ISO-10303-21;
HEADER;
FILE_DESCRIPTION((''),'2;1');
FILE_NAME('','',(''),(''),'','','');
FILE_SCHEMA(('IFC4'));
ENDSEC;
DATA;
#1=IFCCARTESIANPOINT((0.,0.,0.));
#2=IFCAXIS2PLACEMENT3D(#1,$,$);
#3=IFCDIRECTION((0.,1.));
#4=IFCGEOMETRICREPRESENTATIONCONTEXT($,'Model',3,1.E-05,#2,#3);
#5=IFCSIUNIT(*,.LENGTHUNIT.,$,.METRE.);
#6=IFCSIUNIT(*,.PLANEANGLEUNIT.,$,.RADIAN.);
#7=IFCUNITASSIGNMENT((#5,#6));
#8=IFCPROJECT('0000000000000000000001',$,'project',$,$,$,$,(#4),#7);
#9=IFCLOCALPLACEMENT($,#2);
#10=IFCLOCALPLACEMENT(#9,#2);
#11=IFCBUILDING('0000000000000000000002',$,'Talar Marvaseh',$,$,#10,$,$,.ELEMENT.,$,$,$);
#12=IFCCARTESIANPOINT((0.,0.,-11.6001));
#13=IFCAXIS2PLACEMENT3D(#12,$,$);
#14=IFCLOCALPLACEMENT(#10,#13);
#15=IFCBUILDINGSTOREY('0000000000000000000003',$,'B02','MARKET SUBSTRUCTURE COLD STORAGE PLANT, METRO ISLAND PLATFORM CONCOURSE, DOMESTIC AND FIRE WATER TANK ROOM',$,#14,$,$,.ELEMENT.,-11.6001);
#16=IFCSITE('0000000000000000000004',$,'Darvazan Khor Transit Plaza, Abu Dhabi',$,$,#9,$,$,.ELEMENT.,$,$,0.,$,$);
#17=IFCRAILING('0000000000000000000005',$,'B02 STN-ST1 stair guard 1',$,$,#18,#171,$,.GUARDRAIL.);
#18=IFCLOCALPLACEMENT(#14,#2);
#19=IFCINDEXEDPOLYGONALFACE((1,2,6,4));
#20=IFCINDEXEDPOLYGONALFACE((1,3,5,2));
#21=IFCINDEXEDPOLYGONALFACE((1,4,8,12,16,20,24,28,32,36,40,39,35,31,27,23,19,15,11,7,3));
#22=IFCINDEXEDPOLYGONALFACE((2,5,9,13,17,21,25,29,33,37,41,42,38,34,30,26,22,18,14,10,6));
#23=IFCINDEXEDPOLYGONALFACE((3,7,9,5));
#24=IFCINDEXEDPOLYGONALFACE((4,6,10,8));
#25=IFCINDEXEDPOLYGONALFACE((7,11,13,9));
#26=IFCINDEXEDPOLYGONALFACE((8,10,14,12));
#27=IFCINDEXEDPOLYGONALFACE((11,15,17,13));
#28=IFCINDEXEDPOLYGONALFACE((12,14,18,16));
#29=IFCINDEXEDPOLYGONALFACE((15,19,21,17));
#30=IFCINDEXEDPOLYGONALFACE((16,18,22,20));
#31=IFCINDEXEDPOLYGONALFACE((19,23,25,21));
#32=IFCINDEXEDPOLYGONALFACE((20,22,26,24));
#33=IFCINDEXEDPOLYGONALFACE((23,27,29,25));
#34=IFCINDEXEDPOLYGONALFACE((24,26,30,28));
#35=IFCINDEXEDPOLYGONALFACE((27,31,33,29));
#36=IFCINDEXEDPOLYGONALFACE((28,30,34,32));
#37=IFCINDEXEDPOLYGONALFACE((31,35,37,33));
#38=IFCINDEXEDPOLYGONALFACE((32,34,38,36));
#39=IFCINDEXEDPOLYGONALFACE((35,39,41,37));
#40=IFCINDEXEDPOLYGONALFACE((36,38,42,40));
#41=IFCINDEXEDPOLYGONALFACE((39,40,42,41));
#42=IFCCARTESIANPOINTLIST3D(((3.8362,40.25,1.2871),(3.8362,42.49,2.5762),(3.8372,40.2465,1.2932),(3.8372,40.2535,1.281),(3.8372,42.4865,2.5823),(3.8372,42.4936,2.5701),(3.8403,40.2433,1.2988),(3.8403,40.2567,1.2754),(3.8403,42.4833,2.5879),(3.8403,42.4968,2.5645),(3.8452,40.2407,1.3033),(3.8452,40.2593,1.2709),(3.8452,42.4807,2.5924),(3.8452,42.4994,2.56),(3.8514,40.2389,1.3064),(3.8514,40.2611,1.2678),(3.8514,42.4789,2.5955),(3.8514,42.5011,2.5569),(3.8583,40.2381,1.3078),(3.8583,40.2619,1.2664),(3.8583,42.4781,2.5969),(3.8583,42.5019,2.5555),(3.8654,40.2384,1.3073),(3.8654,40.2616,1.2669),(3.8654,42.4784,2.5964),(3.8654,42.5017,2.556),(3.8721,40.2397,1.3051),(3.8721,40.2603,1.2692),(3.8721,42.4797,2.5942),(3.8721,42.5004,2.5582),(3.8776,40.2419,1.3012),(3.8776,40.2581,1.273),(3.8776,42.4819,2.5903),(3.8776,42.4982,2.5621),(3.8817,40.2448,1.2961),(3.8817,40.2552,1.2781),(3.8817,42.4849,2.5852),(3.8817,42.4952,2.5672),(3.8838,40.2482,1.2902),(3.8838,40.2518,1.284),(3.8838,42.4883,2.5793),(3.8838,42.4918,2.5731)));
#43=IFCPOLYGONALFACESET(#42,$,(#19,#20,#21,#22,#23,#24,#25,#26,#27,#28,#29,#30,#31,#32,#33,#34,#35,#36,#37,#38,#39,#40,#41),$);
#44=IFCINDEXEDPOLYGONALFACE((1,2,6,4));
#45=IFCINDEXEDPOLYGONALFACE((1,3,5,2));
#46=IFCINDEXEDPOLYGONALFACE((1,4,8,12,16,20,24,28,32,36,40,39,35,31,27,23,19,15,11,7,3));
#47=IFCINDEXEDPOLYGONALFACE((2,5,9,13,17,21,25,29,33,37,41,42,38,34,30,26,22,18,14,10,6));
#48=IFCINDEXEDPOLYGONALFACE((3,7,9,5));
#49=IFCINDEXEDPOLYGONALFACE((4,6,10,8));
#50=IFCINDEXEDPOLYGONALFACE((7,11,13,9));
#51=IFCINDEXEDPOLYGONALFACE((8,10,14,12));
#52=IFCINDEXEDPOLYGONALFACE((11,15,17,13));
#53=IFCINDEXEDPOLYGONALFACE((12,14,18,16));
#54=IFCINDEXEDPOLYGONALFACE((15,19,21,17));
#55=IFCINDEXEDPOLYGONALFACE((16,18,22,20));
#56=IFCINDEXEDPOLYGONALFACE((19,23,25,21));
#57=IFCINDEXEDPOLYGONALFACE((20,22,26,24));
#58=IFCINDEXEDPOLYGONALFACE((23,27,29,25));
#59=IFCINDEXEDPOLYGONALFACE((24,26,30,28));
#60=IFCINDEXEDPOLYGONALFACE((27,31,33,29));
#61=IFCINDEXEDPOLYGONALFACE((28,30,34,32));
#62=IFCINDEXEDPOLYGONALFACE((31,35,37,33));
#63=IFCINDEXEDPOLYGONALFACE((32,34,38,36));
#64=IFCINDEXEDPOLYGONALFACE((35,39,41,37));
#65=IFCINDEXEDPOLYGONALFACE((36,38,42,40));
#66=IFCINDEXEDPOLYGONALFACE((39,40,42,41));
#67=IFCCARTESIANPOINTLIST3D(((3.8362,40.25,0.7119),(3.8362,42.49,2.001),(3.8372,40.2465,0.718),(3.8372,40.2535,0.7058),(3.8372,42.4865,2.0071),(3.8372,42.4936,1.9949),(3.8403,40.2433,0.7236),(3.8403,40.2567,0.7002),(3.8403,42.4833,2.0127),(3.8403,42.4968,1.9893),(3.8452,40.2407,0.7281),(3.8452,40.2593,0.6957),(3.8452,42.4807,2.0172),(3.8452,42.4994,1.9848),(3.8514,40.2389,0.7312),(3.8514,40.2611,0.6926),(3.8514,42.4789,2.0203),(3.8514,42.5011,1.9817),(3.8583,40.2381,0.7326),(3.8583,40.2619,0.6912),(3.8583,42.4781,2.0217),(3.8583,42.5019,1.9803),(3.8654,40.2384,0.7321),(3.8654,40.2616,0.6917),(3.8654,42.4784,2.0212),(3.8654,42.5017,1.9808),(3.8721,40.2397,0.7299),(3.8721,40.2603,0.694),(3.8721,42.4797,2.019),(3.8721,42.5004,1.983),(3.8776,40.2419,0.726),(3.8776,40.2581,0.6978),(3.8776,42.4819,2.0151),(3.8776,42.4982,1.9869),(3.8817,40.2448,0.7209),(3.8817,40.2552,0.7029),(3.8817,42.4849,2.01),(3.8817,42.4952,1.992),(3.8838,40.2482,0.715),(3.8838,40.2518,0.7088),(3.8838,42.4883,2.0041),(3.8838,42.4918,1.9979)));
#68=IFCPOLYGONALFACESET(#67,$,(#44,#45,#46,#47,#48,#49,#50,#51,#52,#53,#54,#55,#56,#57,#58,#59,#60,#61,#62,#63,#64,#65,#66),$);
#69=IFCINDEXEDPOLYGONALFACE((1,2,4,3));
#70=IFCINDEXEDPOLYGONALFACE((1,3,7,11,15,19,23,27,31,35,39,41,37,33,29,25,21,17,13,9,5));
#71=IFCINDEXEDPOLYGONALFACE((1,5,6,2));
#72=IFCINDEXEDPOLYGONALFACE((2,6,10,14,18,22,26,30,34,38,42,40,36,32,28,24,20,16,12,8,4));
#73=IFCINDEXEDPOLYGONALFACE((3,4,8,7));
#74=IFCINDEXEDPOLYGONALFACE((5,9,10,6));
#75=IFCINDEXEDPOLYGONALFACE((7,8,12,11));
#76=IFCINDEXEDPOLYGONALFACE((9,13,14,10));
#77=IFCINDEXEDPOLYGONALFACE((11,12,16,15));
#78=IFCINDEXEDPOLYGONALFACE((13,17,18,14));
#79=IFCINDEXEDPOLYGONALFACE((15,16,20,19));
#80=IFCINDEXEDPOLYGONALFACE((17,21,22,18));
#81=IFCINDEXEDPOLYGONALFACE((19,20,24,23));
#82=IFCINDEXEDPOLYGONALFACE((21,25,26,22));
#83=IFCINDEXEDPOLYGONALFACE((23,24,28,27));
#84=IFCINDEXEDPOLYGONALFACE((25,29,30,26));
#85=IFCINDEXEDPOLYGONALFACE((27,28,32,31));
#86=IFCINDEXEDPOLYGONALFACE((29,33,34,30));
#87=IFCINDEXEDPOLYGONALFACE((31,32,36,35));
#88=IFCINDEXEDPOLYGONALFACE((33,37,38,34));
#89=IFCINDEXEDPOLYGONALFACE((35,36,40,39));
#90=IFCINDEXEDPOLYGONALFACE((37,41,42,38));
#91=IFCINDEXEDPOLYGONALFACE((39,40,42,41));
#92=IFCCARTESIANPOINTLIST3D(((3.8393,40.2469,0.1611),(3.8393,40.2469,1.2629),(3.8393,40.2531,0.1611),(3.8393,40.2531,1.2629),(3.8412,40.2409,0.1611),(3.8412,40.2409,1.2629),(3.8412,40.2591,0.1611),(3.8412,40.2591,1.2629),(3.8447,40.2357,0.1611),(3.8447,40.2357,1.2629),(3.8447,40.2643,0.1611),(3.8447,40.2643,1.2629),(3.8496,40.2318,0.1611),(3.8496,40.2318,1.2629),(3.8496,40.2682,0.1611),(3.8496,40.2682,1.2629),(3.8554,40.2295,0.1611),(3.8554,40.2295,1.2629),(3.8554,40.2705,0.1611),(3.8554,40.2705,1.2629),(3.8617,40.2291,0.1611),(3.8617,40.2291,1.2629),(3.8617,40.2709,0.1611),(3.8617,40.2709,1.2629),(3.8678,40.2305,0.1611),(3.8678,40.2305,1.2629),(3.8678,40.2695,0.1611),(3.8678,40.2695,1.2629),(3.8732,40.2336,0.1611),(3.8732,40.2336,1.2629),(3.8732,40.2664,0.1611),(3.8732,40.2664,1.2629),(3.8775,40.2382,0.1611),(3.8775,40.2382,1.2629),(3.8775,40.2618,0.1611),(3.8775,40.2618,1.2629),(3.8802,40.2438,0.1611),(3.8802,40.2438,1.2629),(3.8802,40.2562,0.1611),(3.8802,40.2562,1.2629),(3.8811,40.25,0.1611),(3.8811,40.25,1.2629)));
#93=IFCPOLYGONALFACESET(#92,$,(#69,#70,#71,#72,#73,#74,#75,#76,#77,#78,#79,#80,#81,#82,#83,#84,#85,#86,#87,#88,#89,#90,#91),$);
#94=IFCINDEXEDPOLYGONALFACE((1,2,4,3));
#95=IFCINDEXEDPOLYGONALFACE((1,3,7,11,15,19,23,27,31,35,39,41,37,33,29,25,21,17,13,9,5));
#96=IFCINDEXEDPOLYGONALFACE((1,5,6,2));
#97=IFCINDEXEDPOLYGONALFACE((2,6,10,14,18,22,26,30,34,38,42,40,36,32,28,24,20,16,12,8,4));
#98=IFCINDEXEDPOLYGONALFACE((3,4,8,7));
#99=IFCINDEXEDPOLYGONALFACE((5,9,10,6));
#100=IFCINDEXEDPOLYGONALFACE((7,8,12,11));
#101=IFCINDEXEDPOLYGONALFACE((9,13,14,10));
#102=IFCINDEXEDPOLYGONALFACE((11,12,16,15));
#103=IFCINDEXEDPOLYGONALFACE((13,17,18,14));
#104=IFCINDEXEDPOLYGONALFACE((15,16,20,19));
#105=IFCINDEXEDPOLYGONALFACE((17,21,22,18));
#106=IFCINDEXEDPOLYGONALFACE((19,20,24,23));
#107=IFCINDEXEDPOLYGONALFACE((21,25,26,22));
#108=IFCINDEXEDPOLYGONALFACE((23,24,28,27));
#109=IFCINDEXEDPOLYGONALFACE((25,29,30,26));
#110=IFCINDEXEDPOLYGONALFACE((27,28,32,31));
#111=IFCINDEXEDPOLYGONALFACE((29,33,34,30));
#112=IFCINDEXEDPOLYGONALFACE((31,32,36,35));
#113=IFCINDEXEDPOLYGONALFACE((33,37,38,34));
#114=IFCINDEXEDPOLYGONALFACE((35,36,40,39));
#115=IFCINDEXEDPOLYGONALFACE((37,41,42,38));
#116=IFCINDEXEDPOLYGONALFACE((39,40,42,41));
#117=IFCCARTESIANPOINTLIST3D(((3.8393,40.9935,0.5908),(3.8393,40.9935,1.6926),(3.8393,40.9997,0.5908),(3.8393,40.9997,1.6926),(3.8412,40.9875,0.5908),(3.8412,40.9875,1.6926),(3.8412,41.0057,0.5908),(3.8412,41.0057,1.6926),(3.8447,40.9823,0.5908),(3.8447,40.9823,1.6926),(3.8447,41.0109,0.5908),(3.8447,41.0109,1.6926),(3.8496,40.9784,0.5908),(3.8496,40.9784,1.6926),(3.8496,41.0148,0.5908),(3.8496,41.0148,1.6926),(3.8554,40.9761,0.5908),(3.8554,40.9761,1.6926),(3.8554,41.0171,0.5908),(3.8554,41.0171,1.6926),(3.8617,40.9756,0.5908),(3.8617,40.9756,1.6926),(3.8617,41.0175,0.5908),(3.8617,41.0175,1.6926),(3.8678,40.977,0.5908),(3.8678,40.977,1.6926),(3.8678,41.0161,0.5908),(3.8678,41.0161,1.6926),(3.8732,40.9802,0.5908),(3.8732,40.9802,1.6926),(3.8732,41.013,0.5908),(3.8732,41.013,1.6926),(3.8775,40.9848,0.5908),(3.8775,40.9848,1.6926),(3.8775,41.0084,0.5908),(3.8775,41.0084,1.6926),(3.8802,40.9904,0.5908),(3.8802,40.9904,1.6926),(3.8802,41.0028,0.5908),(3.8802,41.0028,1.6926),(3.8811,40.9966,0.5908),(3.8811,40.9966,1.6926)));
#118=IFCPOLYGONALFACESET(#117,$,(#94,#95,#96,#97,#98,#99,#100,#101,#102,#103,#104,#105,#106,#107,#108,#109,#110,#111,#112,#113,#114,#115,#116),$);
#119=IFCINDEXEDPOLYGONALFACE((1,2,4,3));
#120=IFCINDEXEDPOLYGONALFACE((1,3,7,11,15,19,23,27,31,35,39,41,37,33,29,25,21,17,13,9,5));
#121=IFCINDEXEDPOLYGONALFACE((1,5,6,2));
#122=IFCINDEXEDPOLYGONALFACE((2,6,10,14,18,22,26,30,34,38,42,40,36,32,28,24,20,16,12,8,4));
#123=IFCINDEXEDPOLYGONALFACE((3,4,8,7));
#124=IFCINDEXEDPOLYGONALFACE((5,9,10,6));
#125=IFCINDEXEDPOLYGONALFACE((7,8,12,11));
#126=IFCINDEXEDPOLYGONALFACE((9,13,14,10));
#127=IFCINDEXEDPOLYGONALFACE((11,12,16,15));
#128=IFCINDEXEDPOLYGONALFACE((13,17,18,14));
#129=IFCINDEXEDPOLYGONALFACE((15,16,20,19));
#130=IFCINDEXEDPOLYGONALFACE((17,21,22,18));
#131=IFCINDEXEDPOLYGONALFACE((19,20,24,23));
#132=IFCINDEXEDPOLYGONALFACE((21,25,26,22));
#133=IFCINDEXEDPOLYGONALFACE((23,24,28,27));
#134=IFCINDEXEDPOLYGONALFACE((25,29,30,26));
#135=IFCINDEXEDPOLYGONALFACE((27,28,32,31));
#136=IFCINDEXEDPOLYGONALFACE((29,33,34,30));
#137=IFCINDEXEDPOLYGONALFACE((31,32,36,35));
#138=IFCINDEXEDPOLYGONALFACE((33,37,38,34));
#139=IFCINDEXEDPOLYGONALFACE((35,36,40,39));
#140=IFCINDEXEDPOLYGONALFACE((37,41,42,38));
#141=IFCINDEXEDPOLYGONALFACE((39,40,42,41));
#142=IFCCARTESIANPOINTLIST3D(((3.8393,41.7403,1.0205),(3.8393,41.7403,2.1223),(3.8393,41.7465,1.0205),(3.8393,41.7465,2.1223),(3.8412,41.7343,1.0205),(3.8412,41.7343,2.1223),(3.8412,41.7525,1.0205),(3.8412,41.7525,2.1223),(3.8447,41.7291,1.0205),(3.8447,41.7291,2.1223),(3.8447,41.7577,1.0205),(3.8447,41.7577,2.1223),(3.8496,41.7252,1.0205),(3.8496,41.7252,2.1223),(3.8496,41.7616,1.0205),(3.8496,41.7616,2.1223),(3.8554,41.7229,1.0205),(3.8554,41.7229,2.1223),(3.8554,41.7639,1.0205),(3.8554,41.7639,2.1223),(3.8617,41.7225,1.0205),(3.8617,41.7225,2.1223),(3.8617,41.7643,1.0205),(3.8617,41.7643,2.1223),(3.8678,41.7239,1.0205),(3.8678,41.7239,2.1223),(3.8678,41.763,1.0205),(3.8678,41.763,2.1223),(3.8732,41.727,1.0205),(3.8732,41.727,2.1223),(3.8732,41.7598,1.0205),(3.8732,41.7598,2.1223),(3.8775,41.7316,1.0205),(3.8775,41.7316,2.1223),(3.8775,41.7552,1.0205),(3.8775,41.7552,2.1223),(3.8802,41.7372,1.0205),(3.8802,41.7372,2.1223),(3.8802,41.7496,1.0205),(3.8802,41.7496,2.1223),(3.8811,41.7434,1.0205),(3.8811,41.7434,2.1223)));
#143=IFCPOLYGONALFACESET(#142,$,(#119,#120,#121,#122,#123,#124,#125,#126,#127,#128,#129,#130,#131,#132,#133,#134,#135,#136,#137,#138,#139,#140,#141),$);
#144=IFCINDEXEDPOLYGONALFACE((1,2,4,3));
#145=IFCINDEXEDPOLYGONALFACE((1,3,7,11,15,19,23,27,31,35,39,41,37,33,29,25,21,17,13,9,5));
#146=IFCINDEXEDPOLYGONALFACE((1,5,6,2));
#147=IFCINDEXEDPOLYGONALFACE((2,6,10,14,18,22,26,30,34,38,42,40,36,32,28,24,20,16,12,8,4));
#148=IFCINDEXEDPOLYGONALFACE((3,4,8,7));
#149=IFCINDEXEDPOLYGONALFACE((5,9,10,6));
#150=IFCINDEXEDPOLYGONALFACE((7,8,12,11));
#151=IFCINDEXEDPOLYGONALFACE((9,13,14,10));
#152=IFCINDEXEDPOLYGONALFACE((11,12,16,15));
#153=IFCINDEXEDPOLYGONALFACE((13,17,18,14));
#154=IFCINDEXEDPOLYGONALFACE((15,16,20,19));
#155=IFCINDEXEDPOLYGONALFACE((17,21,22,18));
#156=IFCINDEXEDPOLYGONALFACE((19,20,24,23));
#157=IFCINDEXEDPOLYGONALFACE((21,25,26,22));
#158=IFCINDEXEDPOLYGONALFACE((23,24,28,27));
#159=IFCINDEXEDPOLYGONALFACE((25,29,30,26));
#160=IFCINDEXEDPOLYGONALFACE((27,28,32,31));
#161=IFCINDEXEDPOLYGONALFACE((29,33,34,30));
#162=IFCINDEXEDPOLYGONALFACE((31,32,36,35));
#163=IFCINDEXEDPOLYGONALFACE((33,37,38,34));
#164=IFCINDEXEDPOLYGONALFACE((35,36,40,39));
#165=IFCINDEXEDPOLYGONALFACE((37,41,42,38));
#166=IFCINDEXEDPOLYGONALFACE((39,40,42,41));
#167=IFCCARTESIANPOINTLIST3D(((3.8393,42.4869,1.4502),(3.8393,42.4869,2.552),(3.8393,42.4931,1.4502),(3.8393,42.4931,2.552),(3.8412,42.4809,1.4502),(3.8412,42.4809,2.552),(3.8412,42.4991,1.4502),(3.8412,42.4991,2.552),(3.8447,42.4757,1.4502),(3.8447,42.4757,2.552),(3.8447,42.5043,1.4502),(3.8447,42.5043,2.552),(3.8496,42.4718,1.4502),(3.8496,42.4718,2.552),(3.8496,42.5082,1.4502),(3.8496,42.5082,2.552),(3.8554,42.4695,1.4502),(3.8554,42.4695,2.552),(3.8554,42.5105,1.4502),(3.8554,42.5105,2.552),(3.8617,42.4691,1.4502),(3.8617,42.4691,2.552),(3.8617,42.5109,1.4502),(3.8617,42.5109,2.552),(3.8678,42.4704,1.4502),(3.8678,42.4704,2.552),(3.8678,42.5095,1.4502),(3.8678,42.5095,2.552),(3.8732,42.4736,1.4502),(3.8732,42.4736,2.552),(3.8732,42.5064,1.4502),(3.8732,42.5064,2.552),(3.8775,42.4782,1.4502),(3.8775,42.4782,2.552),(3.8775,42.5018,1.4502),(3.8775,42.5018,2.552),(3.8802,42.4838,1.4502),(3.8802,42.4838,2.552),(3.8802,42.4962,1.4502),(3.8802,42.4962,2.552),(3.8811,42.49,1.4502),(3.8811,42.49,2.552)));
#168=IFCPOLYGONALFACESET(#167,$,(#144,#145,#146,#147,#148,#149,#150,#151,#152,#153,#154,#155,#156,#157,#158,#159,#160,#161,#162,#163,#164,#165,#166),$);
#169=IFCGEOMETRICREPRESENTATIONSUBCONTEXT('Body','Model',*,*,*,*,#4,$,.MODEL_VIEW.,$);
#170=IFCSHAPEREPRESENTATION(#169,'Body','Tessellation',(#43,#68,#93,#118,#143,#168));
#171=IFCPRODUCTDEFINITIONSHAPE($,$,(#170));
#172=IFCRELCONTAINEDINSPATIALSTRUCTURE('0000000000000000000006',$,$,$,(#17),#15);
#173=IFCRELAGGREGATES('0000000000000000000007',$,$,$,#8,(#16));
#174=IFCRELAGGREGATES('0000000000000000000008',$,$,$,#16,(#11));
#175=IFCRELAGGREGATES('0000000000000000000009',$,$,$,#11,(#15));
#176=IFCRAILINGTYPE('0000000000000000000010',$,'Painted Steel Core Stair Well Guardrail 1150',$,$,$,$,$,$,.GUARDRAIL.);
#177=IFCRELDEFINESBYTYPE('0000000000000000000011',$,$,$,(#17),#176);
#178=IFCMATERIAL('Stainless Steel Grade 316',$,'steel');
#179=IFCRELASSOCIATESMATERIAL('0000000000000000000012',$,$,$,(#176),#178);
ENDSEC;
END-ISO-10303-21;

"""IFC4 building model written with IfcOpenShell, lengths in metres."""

from ifc_helpers import new_model, si_unit, direction, frame, origin, origin_2d, place, context, subcontext, project, spatial, circle, extrude, material, type_object, element, save


model = new_model("IFC4")

# Units and contexts
model_context = context("Model", 3, precision=1e-05, world=origin(), true_north=direction((0.0, 1.0)))
body_context = subcontext(model_context, "Body", "Model", "MODEL_VIEW")
ifc_project = project(units=[si_unit("LENGTHUNIT", "METRE"), si_unit("PLANEANGLEUNIT", "RADIAN")], contexts=[model_context])

# Site, building, storey
site_placement = place(None, origin())
site = spatial("IfcSite", under=ifc_project, at=site_placement, Name="Darvazan Khor Transit Plaza, Abu Dhabi", CompositionType="ELEMENT", RefElevation=0.0)
building_placement = place(site_placement, origin())
building = spatial("IfcBuilding", under=site, at=building_placement, Name="Talar Marvaseh", CompositionType="ELEMENT")
storey_placement = place(building_placement, frame((0.0, 0.0, -11.6001)))
storey = spatial("IfcBuildingStorey", under=building, at=storey_placement, Name="B02", Description="MARKET SUBSTRUCTURE COLD STORAGE PLANT, METRO ISLAND PLATFORM CONCOURSE, DOMESTIC AND FIRE WATER TANK ROOM", CompositionType="ELEMENT", Elevation=-11.6001)

# Railing
ifc_material_1 = material(Name="Stainless Steel Grade 316", Category="steel")
railing_type_1 = type_object("IfcRailingType", Name="Painted Steel Core Stair Well Guardrail 1150", PredefinedType="GUARDRAIL", material=ifc_material_1)
railing_1_placement = place(storey_placement, frame((3.8601, 40.25, 0.1611)))
element("IfcRailing", 1, at=railing_1_placement, inside=storey, type_object=railing_type_1, Name="B02 STN-ST1 stair guard 1", PredefinedType="GUARDRAIL", context=body_context, shape_type="SweptSolid", body=[
    extrude(circle(Radius=0.0239, at=origin_2d()), frame((0.0, 0.0, 1.126), z_axis=(0.0, 0.866728, 0.498782), x_axis=(-1.0, 0.0, 0.0)), (0.0, 0.0, 1.0), 2.5845),
    extrude(circle(Radius=0.0239, at=origin_2d()), frame((0.0, 0.0, 0.5508), z_axis=(0.0, 0.866728, 0.498782), x_axis=(-1.0, 0.0, 0.0)), (0.0, 0.0, 1.0), 2.5845),
    extrude(circle(Radius=0.021, at=origin_2d()), origin(), (0.0, 0.0, 1.0), 1.1018),
    extrude(circle(Radius=0.021, at=origin_2d()), frame((0.0, 0.7466, 0.4297)), (0.0, 0.0, 1.0), 1.1018),
    extrude(circle(Radius=0.021, at=origin_2d()), frame((0.0, 1.4934, 0.8594)), (0.0, 0.0, 1.0), 1.1018),
    extrude(circle(Radius=0.021, at=origin_2d()), frame((0.0, 2.24, 1.2891)), (0.0, 0.0, 1.0), 1.1018),
])

save(model, "model.ifc")
